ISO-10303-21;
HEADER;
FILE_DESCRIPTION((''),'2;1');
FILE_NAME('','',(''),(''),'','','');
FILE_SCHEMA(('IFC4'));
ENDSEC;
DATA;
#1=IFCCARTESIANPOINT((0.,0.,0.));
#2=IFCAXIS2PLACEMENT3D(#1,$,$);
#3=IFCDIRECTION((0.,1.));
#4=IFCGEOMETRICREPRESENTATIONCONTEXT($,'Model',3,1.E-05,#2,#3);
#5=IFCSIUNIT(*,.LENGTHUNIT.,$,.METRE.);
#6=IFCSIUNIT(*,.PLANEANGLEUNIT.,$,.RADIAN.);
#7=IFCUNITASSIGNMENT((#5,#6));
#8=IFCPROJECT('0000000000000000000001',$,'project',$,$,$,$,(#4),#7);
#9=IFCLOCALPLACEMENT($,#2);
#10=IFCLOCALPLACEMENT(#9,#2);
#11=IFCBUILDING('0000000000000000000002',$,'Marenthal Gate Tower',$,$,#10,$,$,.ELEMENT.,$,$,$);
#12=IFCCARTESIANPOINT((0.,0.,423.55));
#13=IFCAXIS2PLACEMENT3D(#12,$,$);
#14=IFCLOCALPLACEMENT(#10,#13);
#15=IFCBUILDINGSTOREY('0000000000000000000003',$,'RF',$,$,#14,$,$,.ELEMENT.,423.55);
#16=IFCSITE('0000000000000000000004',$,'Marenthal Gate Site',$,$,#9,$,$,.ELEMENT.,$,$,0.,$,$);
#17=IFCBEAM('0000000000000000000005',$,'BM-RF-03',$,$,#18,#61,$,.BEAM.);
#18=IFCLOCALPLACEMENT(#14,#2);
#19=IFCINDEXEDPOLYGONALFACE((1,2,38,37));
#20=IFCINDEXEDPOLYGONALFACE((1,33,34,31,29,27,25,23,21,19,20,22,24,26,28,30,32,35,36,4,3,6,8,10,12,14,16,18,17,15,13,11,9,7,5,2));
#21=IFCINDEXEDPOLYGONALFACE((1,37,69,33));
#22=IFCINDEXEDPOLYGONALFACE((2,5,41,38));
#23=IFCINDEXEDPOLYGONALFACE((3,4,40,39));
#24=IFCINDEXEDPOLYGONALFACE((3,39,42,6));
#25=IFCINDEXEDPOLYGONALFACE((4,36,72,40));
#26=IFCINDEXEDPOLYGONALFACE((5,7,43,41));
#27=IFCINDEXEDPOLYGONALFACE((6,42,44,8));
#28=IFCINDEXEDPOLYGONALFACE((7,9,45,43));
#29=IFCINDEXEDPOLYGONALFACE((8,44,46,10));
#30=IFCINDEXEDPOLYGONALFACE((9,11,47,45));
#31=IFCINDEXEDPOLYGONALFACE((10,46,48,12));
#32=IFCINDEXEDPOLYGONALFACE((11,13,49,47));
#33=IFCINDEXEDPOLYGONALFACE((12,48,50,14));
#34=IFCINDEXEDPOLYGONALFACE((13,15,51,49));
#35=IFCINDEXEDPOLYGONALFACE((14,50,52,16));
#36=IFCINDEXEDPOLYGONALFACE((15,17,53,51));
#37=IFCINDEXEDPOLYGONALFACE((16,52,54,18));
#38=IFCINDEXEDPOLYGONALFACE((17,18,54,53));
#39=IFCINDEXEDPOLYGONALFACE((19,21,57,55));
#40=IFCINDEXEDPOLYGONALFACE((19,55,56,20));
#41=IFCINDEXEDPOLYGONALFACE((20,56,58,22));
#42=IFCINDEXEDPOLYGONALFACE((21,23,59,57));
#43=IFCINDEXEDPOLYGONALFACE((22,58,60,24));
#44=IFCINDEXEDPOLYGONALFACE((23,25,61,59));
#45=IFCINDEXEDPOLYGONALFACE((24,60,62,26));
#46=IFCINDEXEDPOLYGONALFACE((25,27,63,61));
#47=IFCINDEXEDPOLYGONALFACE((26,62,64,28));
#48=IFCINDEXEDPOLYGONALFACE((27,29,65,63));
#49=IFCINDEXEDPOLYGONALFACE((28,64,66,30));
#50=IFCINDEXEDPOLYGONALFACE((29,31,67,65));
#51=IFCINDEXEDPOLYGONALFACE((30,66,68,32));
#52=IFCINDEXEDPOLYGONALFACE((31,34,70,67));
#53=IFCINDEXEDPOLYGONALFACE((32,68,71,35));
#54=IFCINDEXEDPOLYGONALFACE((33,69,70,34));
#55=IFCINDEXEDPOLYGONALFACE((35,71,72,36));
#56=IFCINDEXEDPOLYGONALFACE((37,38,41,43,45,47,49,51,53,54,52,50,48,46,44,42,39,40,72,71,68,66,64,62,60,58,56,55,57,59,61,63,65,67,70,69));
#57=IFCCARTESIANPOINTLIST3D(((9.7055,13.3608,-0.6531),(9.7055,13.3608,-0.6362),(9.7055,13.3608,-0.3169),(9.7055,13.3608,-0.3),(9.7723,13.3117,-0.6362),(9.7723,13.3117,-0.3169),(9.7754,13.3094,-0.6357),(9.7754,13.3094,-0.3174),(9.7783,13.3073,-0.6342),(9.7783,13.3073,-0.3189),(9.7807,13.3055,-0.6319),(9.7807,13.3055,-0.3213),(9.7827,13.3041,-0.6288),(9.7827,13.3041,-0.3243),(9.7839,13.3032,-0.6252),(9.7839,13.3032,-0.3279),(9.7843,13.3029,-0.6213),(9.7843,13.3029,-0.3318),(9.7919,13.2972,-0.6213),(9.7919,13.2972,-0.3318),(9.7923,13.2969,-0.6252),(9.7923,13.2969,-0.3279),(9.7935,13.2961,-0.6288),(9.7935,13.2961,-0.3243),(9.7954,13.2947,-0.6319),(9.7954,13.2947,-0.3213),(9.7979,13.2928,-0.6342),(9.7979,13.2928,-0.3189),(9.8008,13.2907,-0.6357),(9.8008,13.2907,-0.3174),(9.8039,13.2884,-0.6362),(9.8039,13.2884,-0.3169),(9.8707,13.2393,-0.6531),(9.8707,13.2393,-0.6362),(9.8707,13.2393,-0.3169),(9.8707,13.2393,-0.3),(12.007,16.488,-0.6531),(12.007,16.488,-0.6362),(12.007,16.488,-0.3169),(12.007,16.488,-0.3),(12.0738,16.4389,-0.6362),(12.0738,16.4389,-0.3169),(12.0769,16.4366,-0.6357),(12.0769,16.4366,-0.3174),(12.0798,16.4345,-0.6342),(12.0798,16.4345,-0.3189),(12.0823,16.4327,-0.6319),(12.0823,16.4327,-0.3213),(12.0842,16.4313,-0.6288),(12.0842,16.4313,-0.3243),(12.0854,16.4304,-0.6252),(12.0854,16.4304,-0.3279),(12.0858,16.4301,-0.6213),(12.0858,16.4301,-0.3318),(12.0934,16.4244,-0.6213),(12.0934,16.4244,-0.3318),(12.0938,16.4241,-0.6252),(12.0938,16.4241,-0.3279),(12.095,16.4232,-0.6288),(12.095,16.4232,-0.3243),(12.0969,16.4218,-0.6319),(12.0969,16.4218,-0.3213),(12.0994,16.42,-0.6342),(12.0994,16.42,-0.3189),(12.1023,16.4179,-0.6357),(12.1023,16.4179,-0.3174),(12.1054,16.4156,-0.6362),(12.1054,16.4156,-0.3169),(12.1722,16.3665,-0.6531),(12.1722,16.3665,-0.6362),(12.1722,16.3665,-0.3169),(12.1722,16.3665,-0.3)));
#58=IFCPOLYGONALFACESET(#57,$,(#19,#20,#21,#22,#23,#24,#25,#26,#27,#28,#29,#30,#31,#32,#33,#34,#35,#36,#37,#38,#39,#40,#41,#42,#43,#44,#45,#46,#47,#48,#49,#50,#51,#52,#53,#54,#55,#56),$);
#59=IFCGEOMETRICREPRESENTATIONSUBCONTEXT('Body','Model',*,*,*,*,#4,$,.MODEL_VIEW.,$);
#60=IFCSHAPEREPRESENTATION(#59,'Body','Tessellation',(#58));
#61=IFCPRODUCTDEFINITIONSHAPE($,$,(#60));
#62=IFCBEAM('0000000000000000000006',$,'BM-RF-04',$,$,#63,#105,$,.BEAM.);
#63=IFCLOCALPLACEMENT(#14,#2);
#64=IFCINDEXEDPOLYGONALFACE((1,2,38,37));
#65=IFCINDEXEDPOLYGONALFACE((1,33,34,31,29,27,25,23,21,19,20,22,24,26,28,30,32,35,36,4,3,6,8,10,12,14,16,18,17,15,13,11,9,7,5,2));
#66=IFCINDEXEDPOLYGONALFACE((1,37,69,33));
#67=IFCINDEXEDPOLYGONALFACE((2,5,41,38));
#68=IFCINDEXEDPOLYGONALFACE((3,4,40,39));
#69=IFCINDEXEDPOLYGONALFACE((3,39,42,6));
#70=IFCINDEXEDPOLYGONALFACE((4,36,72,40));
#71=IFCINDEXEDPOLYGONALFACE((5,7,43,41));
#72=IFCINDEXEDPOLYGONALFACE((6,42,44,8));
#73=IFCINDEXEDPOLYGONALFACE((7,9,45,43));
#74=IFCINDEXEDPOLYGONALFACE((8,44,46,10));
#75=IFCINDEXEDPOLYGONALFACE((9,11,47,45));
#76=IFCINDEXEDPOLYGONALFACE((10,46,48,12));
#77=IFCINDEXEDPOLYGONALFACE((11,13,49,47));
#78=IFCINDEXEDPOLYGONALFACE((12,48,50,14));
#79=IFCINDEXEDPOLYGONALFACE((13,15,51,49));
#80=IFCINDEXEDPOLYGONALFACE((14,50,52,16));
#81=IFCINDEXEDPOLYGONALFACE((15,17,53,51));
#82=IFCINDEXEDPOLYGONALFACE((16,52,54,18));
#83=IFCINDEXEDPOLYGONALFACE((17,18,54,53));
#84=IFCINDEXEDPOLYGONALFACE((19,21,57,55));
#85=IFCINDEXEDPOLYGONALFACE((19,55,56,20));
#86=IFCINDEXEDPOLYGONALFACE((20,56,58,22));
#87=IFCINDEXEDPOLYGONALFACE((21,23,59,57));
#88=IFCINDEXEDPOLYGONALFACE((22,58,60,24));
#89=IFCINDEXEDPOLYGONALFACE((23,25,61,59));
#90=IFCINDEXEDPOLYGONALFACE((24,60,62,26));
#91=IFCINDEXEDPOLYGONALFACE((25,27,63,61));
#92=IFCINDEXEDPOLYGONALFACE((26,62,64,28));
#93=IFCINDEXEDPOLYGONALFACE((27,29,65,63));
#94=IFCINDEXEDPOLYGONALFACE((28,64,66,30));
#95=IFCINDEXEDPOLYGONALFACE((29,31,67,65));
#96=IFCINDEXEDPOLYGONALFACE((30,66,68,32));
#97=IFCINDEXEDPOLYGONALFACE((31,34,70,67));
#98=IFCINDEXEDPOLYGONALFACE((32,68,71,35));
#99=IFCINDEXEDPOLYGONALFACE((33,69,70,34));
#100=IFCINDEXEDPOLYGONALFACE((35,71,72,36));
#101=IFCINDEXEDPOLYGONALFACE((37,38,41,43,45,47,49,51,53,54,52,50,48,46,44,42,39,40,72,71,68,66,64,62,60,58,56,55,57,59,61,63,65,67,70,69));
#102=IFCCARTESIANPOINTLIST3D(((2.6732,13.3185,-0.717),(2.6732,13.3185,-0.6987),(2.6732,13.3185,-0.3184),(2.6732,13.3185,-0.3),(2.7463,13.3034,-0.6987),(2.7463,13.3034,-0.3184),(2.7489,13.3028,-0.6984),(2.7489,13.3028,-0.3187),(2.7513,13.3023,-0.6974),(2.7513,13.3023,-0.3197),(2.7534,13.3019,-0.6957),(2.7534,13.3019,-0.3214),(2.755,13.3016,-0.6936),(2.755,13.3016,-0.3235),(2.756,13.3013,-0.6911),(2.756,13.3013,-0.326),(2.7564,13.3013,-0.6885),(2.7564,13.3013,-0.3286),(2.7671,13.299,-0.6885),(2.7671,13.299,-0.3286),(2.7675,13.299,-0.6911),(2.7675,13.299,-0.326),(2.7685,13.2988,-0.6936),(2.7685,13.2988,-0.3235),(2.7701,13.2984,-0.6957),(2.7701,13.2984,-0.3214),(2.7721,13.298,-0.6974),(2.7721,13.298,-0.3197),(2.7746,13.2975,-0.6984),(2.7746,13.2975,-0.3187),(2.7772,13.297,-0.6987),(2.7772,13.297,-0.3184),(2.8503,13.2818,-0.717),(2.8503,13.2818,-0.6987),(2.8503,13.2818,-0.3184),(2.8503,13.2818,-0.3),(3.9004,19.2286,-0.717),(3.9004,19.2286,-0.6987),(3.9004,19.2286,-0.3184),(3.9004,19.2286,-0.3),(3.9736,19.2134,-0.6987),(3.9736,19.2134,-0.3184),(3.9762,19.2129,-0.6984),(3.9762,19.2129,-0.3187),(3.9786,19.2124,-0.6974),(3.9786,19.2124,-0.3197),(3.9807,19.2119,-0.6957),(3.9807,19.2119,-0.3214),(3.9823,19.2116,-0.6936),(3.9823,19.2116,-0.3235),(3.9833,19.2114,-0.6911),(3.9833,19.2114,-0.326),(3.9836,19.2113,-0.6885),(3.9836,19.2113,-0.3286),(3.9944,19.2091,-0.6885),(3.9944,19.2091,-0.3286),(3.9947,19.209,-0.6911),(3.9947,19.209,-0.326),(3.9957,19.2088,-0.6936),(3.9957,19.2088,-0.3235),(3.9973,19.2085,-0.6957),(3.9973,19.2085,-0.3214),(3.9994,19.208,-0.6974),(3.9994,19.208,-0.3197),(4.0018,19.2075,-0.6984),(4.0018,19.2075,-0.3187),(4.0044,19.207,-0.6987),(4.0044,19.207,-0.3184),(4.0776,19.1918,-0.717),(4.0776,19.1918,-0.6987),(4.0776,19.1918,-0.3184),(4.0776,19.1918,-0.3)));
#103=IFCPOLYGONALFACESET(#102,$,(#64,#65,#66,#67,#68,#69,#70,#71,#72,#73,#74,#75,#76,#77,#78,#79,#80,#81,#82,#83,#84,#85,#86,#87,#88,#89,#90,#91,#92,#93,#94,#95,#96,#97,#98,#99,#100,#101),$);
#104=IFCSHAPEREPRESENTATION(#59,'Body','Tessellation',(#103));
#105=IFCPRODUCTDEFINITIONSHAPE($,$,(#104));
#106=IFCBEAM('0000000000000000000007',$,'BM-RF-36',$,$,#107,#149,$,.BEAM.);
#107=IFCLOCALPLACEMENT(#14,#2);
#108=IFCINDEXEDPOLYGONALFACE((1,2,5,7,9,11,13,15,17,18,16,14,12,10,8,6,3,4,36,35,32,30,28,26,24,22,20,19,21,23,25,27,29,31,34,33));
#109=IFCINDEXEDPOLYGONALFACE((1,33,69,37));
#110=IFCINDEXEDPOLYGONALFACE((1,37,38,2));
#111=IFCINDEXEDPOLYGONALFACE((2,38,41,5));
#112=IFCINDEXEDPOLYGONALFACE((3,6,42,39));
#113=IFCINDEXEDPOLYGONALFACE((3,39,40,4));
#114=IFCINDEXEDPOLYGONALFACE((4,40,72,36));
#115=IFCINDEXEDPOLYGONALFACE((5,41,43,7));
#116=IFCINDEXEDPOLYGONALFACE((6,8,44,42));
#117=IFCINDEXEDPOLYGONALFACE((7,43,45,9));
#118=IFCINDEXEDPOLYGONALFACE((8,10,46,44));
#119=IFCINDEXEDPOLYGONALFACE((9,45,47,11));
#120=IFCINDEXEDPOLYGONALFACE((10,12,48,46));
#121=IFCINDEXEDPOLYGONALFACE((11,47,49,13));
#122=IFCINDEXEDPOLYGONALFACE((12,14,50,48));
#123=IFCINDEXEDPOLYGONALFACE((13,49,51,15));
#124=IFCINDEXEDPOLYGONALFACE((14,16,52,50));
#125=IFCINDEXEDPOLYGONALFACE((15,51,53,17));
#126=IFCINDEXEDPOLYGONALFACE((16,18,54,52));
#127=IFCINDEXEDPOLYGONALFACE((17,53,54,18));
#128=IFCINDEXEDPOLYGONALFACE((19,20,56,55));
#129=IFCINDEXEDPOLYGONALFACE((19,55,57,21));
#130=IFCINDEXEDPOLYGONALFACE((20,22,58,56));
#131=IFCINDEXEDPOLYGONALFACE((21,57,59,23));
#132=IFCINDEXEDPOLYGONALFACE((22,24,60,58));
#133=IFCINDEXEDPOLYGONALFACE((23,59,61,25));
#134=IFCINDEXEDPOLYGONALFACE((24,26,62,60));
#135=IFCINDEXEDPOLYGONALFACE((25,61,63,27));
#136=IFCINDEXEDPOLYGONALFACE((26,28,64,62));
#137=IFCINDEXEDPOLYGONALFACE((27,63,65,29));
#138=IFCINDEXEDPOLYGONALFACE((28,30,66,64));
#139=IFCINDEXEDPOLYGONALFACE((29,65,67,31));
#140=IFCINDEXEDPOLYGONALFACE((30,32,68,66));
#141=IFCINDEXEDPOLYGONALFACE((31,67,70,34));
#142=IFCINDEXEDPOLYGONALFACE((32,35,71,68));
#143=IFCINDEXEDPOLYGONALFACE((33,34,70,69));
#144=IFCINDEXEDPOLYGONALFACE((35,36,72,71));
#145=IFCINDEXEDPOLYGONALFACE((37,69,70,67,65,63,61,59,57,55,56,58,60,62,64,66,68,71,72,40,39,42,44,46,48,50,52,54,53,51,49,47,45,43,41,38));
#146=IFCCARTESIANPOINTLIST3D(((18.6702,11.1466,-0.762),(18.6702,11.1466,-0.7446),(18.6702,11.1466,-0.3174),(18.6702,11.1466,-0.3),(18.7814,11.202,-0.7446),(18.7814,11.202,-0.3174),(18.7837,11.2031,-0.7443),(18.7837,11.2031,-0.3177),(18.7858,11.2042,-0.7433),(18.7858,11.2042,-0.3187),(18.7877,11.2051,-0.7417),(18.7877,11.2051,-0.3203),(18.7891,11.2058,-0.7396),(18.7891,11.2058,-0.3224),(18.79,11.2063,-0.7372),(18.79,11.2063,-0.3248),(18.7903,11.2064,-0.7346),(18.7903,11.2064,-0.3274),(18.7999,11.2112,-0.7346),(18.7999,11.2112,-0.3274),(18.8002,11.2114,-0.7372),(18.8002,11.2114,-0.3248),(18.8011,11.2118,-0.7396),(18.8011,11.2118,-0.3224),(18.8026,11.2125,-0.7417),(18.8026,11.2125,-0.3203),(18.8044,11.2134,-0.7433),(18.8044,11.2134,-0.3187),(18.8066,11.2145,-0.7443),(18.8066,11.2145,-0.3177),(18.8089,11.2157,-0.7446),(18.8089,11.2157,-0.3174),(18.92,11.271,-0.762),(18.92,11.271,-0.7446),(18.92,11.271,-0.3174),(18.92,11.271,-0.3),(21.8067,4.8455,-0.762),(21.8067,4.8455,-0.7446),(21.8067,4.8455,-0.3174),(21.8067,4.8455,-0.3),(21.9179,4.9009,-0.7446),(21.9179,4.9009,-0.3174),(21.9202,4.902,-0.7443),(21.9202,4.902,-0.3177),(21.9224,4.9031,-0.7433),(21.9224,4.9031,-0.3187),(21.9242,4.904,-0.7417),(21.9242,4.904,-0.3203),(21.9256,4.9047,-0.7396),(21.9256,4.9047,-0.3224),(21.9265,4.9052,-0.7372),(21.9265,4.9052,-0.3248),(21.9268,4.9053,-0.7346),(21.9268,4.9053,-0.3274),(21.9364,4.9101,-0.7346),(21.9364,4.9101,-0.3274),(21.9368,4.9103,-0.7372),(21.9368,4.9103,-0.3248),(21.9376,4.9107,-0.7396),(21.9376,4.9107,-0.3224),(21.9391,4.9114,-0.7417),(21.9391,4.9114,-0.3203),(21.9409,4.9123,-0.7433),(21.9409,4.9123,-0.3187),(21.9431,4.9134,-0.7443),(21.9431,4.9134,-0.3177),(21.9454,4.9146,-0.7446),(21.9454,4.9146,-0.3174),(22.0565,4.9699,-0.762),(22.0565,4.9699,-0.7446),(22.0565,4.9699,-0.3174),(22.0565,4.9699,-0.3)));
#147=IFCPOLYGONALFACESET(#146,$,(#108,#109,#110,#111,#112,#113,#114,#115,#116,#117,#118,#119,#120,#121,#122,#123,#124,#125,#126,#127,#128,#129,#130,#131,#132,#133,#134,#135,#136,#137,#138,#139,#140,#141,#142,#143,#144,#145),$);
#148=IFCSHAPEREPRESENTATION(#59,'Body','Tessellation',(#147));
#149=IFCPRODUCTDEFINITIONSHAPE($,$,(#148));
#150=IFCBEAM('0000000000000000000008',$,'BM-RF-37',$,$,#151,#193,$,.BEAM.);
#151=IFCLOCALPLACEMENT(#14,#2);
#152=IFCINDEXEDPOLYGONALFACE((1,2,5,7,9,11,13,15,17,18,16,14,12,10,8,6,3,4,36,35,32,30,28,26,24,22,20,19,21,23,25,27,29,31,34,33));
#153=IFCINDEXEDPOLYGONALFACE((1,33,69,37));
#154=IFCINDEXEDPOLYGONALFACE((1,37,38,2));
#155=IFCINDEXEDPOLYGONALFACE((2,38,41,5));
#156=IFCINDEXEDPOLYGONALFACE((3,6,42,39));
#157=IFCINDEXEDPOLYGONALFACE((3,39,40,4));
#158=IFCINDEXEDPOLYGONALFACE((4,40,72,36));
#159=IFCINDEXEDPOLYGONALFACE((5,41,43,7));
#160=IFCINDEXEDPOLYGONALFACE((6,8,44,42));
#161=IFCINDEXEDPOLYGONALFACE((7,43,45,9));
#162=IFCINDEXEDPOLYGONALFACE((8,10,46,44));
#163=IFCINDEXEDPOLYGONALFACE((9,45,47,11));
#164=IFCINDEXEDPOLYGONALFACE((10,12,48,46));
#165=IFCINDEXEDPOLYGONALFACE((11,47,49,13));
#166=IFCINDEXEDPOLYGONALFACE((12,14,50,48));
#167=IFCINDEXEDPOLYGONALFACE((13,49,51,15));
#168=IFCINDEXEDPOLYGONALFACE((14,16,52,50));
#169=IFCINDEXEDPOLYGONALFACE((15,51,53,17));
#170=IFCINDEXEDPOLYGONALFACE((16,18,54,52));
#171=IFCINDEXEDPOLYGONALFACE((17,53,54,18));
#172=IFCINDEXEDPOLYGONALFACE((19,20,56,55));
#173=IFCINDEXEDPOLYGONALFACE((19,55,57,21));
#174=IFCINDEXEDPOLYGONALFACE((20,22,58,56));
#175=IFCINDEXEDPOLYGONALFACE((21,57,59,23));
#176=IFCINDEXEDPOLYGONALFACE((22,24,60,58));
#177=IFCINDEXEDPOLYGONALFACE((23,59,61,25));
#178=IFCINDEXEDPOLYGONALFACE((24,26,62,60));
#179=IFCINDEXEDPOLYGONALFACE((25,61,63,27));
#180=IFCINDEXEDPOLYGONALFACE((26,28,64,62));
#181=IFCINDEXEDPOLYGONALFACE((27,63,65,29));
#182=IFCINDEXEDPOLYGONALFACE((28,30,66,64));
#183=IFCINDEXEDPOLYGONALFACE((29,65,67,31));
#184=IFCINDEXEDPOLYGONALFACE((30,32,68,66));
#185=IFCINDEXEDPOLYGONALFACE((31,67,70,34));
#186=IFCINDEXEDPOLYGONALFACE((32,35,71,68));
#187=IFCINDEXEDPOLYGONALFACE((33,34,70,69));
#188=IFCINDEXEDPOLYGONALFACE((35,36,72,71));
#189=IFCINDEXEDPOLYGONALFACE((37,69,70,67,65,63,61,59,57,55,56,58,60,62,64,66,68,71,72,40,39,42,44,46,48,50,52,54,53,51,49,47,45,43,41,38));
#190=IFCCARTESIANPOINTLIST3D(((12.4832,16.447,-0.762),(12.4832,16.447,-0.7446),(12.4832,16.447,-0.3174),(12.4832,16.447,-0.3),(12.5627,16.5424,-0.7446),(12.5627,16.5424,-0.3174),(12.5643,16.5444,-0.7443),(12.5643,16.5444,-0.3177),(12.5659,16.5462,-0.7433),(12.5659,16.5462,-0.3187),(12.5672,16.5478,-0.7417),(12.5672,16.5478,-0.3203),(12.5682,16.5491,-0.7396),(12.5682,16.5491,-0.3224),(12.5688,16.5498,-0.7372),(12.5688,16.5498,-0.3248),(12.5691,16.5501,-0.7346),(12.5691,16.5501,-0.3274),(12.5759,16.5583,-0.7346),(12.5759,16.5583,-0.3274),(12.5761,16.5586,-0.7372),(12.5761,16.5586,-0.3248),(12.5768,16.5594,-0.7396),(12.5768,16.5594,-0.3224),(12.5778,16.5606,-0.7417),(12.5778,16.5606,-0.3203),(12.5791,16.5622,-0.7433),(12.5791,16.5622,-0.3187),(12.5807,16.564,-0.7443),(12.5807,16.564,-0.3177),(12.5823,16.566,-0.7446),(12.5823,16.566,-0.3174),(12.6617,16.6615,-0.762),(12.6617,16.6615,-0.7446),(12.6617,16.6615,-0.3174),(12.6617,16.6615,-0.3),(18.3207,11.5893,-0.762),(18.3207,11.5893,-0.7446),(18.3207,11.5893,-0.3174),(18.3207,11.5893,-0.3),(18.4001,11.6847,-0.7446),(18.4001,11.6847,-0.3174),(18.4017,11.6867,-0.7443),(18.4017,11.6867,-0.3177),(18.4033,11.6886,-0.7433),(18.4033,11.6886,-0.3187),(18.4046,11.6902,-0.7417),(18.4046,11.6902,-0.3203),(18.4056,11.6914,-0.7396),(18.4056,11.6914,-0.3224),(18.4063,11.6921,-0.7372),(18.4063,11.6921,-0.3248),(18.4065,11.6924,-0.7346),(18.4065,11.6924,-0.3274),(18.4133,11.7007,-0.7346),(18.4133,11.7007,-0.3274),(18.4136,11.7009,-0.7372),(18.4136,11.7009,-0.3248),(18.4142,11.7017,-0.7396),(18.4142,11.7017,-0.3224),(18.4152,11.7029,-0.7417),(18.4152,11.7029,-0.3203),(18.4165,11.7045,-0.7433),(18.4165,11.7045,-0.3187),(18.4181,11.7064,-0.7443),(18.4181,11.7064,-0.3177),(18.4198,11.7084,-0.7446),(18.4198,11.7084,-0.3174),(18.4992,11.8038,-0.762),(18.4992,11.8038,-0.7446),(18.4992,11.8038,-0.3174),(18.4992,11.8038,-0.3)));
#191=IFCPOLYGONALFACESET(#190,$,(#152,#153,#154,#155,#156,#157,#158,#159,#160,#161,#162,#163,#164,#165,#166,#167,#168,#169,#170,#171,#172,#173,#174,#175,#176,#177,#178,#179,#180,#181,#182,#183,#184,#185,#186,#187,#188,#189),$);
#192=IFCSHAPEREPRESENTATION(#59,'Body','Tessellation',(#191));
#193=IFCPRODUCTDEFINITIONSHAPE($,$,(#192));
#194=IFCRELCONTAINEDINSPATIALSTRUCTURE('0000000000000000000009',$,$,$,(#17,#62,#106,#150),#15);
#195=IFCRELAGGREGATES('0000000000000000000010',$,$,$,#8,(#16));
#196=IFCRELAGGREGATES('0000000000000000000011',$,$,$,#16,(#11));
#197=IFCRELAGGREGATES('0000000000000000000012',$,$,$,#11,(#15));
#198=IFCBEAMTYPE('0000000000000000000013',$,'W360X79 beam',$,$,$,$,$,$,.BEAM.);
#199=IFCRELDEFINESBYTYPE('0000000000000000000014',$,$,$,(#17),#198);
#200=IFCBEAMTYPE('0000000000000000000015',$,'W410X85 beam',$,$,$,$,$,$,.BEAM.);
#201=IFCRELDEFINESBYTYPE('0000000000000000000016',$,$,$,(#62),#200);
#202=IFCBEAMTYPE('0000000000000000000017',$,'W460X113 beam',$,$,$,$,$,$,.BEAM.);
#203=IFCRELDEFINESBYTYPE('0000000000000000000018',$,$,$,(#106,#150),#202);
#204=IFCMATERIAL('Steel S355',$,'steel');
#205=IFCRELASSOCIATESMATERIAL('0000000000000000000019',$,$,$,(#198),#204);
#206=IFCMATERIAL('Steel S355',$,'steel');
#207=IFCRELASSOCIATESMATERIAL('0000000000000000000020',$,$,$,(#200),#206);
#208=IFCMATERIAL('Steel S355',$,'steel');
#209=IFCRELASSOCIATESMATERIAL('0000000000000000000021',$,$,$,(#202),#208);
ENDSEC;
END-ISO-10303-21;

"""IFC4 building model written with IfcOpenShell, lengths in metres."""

from ifc_helpers import new_model, si_unit, direction, frame, origin, origin_2d, place, context, subcontext, project, spatial, i_section, extrude, material, material_profile, profile_set, type_object, element, save


model = new_model("IFC4")

# Units and contexts
model_context = context("Model", 3, precision=1e-05, world=origin(), true_north=direction((0.0, 1.0)))
body_context = subcontext(model_context, "Body", "Model", "MODEL_VIEW")
ifc_project = project(units=[si_unit("LENGTHUNIT", "METRE"), si_unit("PLANEANGLEUNIT", "RADIAN")], contexts=[model_context])

# Site, building, storey
site_placement = place(None, origin())
site = spatial("IfcSite", under=ifc_project, at=site_placement, Name="Marenthal Gate Site", CompositionType="ELEMENT", RefElevation=0.0)
building_placement = place(site_placement, origin())
building = spatial("IfcBuilding", under=site, at=building_placement, Name="Marenthal Gate Tower", CompositionType="ELEMENT")
storey_placement = place(building_placement, frame((0.0, 0.0, 423.55)))
storey = spatial("IfcBuildingStorey", under=building, at=storey_placement, Name="RF", CompositionType="ELEMENT", Elevation=423.55)

# Beams
ifc_material_1 = material(Name="Steel S355", Category="steel")
ifc_material_profile_1 = material_profile(ifc_material_1, i_section(OverallWidth=0.2051, OverallDepth=0.353, WebThickness=0.0095, FlangeThickness=0.0168, FilletRadius=0.0149, at=origin_2d()), Name="W360X79")
ifc_profile_set_1 = profile_set([ifc_material_profile_1], Name="Steel S355")
beam_type_1 = type_object("IfcBeamType", Name="W360X79 beam", PredefinedType="BEAM", material=ifc_profile_set_1)
beam_1_placement = place(storey_placement, frame((12.0896, 16.4272, -0.4766), z_axis=(-0.592742, -0.805392, 0.0), x_axis=(0.805392, -0.592742, 0.0)))
element("IfcBeam", 1, at=beam_1_placement, inside=storey, type_object=beam_type_1, Name="BM-RF-03", PredefinedType="BEAM", context=body_context, shape_type="SweptSolid", body=[
    extrude(i_section(OverallWidth=0.2051, OverallDepth=0.353, WebThickness=0.0095, FlangeThickness=0.0168, FilletRadius=0.0149, at=origin_2d()), origin(), (0.0, 0.0, 1.0), 3.8828),
])
ifc_material_2 = material(Name="Steel S355", Category="steel")
ifc_material_profile_2 = material_profile(ifc_material_2, i_section(OverallWidth=0.1809, OverallDepth=0.417, WebThickness=0.011, FlangeThickness=0.0183, FilletRadius=0.0103, at=origin_2d()), Name="W410X85")
ifc_profile_set_2 = profile_set([ifc_material_profile_2], Name="Steel S355")
beam_type_2 = type_object("IfcBeamType", Name="W410X85 beam", PredefinedType="BEAM", material=ifc_profile_set_2)
beam_2_placement = place(storey_placement, frame((3.989, 19.2102, -0.5085), z_axis=(-0.203321, -0.979112, 0.0), x_axis=(0.979112, -0.203321, 0.0)))
element("IfcBeam", 2, at=beam_2_placement, inside=storey, type_object=beam_type_2, Name="BM-RF-04", PredefinedType="BEAM", context=body_context, shape_type="SweptSolid", body=[
    extrude(i_section(OverallWidth=0.1809, OverallDepth=0.417, WebThickness=0.011, FlangeThickness=0.0183, FilletRadius=0.0103, at=origin_2d()), origin(), (0.0, 0.0, 1.0), 6.0361),
])
ifc_material_3 = material(Name="Steel S355", Category="steel")
ifc_material_profile_3 = material_profile(ifc_material_3, i_section(OverallWidth=0.2791, OverallDepth=0.4619, WebThickness=0.0107, FlangeThickness=0.0173, FilletRadius=0.01, at=origin_2d()), Name="W460X113")
ifc_profile_set_3 = profile_set([ifc_material_profile_3], Name="Steel S355")
beam_type_3 = type_object("IfcBeamType", Name="W460X113 beam", PredefinedType="BEAM", material=ifc_profile_set_3)
beam_3_placement = place(storey_placement, frame((21.9316, 4.9077, -0.531), z_axis=(-0.445617, 0.895224, 0.0), x_axis=(-0.895224, -0.445617, 0.0)))
element("IfcBeam", 3, at=beam_3_placement, inside=storey, type_object=beam_type_3, Name="BM-RF-36", PredefinedType="BEAM", context=body_context, shape_type="SweptSolid", body=[
    extrude(i_section(OverallWidth=0.2791, OverallDepth=0.4619, WebThickness=0.0107, FlangeThickness=0.0173, FilletRadius=0.01, at=origin_2d()), origin(), (0.0, 0.0, 1.0), 7.0386),
])
beam_4_placement = place(storey_placement, frame((18.4099, 11.6965, -0.531), z_axis=(-0.768664, 0.639653, 0.0), x_axis=(-0.639653, -0.768664, 0.0)))
element("IfcBeam", 4, at=beam_4_placement, inside=storey, type_object=beam_type_3, Name="BM-RF-37", PredefinedType="BEAM", context=body_context, shape_type="SweptSolid", body=[
    extrude(i_section(OverallWidth=0.2791, OverallDepth=0.4619, WebThickness=0.0107, FlangeThickness=0.0173, FilletRadius=0.01, at=origin_2d()), origin(), (0.0, 0.0, 1.0), 7.5942),
])

save(model, "model.ifc")
